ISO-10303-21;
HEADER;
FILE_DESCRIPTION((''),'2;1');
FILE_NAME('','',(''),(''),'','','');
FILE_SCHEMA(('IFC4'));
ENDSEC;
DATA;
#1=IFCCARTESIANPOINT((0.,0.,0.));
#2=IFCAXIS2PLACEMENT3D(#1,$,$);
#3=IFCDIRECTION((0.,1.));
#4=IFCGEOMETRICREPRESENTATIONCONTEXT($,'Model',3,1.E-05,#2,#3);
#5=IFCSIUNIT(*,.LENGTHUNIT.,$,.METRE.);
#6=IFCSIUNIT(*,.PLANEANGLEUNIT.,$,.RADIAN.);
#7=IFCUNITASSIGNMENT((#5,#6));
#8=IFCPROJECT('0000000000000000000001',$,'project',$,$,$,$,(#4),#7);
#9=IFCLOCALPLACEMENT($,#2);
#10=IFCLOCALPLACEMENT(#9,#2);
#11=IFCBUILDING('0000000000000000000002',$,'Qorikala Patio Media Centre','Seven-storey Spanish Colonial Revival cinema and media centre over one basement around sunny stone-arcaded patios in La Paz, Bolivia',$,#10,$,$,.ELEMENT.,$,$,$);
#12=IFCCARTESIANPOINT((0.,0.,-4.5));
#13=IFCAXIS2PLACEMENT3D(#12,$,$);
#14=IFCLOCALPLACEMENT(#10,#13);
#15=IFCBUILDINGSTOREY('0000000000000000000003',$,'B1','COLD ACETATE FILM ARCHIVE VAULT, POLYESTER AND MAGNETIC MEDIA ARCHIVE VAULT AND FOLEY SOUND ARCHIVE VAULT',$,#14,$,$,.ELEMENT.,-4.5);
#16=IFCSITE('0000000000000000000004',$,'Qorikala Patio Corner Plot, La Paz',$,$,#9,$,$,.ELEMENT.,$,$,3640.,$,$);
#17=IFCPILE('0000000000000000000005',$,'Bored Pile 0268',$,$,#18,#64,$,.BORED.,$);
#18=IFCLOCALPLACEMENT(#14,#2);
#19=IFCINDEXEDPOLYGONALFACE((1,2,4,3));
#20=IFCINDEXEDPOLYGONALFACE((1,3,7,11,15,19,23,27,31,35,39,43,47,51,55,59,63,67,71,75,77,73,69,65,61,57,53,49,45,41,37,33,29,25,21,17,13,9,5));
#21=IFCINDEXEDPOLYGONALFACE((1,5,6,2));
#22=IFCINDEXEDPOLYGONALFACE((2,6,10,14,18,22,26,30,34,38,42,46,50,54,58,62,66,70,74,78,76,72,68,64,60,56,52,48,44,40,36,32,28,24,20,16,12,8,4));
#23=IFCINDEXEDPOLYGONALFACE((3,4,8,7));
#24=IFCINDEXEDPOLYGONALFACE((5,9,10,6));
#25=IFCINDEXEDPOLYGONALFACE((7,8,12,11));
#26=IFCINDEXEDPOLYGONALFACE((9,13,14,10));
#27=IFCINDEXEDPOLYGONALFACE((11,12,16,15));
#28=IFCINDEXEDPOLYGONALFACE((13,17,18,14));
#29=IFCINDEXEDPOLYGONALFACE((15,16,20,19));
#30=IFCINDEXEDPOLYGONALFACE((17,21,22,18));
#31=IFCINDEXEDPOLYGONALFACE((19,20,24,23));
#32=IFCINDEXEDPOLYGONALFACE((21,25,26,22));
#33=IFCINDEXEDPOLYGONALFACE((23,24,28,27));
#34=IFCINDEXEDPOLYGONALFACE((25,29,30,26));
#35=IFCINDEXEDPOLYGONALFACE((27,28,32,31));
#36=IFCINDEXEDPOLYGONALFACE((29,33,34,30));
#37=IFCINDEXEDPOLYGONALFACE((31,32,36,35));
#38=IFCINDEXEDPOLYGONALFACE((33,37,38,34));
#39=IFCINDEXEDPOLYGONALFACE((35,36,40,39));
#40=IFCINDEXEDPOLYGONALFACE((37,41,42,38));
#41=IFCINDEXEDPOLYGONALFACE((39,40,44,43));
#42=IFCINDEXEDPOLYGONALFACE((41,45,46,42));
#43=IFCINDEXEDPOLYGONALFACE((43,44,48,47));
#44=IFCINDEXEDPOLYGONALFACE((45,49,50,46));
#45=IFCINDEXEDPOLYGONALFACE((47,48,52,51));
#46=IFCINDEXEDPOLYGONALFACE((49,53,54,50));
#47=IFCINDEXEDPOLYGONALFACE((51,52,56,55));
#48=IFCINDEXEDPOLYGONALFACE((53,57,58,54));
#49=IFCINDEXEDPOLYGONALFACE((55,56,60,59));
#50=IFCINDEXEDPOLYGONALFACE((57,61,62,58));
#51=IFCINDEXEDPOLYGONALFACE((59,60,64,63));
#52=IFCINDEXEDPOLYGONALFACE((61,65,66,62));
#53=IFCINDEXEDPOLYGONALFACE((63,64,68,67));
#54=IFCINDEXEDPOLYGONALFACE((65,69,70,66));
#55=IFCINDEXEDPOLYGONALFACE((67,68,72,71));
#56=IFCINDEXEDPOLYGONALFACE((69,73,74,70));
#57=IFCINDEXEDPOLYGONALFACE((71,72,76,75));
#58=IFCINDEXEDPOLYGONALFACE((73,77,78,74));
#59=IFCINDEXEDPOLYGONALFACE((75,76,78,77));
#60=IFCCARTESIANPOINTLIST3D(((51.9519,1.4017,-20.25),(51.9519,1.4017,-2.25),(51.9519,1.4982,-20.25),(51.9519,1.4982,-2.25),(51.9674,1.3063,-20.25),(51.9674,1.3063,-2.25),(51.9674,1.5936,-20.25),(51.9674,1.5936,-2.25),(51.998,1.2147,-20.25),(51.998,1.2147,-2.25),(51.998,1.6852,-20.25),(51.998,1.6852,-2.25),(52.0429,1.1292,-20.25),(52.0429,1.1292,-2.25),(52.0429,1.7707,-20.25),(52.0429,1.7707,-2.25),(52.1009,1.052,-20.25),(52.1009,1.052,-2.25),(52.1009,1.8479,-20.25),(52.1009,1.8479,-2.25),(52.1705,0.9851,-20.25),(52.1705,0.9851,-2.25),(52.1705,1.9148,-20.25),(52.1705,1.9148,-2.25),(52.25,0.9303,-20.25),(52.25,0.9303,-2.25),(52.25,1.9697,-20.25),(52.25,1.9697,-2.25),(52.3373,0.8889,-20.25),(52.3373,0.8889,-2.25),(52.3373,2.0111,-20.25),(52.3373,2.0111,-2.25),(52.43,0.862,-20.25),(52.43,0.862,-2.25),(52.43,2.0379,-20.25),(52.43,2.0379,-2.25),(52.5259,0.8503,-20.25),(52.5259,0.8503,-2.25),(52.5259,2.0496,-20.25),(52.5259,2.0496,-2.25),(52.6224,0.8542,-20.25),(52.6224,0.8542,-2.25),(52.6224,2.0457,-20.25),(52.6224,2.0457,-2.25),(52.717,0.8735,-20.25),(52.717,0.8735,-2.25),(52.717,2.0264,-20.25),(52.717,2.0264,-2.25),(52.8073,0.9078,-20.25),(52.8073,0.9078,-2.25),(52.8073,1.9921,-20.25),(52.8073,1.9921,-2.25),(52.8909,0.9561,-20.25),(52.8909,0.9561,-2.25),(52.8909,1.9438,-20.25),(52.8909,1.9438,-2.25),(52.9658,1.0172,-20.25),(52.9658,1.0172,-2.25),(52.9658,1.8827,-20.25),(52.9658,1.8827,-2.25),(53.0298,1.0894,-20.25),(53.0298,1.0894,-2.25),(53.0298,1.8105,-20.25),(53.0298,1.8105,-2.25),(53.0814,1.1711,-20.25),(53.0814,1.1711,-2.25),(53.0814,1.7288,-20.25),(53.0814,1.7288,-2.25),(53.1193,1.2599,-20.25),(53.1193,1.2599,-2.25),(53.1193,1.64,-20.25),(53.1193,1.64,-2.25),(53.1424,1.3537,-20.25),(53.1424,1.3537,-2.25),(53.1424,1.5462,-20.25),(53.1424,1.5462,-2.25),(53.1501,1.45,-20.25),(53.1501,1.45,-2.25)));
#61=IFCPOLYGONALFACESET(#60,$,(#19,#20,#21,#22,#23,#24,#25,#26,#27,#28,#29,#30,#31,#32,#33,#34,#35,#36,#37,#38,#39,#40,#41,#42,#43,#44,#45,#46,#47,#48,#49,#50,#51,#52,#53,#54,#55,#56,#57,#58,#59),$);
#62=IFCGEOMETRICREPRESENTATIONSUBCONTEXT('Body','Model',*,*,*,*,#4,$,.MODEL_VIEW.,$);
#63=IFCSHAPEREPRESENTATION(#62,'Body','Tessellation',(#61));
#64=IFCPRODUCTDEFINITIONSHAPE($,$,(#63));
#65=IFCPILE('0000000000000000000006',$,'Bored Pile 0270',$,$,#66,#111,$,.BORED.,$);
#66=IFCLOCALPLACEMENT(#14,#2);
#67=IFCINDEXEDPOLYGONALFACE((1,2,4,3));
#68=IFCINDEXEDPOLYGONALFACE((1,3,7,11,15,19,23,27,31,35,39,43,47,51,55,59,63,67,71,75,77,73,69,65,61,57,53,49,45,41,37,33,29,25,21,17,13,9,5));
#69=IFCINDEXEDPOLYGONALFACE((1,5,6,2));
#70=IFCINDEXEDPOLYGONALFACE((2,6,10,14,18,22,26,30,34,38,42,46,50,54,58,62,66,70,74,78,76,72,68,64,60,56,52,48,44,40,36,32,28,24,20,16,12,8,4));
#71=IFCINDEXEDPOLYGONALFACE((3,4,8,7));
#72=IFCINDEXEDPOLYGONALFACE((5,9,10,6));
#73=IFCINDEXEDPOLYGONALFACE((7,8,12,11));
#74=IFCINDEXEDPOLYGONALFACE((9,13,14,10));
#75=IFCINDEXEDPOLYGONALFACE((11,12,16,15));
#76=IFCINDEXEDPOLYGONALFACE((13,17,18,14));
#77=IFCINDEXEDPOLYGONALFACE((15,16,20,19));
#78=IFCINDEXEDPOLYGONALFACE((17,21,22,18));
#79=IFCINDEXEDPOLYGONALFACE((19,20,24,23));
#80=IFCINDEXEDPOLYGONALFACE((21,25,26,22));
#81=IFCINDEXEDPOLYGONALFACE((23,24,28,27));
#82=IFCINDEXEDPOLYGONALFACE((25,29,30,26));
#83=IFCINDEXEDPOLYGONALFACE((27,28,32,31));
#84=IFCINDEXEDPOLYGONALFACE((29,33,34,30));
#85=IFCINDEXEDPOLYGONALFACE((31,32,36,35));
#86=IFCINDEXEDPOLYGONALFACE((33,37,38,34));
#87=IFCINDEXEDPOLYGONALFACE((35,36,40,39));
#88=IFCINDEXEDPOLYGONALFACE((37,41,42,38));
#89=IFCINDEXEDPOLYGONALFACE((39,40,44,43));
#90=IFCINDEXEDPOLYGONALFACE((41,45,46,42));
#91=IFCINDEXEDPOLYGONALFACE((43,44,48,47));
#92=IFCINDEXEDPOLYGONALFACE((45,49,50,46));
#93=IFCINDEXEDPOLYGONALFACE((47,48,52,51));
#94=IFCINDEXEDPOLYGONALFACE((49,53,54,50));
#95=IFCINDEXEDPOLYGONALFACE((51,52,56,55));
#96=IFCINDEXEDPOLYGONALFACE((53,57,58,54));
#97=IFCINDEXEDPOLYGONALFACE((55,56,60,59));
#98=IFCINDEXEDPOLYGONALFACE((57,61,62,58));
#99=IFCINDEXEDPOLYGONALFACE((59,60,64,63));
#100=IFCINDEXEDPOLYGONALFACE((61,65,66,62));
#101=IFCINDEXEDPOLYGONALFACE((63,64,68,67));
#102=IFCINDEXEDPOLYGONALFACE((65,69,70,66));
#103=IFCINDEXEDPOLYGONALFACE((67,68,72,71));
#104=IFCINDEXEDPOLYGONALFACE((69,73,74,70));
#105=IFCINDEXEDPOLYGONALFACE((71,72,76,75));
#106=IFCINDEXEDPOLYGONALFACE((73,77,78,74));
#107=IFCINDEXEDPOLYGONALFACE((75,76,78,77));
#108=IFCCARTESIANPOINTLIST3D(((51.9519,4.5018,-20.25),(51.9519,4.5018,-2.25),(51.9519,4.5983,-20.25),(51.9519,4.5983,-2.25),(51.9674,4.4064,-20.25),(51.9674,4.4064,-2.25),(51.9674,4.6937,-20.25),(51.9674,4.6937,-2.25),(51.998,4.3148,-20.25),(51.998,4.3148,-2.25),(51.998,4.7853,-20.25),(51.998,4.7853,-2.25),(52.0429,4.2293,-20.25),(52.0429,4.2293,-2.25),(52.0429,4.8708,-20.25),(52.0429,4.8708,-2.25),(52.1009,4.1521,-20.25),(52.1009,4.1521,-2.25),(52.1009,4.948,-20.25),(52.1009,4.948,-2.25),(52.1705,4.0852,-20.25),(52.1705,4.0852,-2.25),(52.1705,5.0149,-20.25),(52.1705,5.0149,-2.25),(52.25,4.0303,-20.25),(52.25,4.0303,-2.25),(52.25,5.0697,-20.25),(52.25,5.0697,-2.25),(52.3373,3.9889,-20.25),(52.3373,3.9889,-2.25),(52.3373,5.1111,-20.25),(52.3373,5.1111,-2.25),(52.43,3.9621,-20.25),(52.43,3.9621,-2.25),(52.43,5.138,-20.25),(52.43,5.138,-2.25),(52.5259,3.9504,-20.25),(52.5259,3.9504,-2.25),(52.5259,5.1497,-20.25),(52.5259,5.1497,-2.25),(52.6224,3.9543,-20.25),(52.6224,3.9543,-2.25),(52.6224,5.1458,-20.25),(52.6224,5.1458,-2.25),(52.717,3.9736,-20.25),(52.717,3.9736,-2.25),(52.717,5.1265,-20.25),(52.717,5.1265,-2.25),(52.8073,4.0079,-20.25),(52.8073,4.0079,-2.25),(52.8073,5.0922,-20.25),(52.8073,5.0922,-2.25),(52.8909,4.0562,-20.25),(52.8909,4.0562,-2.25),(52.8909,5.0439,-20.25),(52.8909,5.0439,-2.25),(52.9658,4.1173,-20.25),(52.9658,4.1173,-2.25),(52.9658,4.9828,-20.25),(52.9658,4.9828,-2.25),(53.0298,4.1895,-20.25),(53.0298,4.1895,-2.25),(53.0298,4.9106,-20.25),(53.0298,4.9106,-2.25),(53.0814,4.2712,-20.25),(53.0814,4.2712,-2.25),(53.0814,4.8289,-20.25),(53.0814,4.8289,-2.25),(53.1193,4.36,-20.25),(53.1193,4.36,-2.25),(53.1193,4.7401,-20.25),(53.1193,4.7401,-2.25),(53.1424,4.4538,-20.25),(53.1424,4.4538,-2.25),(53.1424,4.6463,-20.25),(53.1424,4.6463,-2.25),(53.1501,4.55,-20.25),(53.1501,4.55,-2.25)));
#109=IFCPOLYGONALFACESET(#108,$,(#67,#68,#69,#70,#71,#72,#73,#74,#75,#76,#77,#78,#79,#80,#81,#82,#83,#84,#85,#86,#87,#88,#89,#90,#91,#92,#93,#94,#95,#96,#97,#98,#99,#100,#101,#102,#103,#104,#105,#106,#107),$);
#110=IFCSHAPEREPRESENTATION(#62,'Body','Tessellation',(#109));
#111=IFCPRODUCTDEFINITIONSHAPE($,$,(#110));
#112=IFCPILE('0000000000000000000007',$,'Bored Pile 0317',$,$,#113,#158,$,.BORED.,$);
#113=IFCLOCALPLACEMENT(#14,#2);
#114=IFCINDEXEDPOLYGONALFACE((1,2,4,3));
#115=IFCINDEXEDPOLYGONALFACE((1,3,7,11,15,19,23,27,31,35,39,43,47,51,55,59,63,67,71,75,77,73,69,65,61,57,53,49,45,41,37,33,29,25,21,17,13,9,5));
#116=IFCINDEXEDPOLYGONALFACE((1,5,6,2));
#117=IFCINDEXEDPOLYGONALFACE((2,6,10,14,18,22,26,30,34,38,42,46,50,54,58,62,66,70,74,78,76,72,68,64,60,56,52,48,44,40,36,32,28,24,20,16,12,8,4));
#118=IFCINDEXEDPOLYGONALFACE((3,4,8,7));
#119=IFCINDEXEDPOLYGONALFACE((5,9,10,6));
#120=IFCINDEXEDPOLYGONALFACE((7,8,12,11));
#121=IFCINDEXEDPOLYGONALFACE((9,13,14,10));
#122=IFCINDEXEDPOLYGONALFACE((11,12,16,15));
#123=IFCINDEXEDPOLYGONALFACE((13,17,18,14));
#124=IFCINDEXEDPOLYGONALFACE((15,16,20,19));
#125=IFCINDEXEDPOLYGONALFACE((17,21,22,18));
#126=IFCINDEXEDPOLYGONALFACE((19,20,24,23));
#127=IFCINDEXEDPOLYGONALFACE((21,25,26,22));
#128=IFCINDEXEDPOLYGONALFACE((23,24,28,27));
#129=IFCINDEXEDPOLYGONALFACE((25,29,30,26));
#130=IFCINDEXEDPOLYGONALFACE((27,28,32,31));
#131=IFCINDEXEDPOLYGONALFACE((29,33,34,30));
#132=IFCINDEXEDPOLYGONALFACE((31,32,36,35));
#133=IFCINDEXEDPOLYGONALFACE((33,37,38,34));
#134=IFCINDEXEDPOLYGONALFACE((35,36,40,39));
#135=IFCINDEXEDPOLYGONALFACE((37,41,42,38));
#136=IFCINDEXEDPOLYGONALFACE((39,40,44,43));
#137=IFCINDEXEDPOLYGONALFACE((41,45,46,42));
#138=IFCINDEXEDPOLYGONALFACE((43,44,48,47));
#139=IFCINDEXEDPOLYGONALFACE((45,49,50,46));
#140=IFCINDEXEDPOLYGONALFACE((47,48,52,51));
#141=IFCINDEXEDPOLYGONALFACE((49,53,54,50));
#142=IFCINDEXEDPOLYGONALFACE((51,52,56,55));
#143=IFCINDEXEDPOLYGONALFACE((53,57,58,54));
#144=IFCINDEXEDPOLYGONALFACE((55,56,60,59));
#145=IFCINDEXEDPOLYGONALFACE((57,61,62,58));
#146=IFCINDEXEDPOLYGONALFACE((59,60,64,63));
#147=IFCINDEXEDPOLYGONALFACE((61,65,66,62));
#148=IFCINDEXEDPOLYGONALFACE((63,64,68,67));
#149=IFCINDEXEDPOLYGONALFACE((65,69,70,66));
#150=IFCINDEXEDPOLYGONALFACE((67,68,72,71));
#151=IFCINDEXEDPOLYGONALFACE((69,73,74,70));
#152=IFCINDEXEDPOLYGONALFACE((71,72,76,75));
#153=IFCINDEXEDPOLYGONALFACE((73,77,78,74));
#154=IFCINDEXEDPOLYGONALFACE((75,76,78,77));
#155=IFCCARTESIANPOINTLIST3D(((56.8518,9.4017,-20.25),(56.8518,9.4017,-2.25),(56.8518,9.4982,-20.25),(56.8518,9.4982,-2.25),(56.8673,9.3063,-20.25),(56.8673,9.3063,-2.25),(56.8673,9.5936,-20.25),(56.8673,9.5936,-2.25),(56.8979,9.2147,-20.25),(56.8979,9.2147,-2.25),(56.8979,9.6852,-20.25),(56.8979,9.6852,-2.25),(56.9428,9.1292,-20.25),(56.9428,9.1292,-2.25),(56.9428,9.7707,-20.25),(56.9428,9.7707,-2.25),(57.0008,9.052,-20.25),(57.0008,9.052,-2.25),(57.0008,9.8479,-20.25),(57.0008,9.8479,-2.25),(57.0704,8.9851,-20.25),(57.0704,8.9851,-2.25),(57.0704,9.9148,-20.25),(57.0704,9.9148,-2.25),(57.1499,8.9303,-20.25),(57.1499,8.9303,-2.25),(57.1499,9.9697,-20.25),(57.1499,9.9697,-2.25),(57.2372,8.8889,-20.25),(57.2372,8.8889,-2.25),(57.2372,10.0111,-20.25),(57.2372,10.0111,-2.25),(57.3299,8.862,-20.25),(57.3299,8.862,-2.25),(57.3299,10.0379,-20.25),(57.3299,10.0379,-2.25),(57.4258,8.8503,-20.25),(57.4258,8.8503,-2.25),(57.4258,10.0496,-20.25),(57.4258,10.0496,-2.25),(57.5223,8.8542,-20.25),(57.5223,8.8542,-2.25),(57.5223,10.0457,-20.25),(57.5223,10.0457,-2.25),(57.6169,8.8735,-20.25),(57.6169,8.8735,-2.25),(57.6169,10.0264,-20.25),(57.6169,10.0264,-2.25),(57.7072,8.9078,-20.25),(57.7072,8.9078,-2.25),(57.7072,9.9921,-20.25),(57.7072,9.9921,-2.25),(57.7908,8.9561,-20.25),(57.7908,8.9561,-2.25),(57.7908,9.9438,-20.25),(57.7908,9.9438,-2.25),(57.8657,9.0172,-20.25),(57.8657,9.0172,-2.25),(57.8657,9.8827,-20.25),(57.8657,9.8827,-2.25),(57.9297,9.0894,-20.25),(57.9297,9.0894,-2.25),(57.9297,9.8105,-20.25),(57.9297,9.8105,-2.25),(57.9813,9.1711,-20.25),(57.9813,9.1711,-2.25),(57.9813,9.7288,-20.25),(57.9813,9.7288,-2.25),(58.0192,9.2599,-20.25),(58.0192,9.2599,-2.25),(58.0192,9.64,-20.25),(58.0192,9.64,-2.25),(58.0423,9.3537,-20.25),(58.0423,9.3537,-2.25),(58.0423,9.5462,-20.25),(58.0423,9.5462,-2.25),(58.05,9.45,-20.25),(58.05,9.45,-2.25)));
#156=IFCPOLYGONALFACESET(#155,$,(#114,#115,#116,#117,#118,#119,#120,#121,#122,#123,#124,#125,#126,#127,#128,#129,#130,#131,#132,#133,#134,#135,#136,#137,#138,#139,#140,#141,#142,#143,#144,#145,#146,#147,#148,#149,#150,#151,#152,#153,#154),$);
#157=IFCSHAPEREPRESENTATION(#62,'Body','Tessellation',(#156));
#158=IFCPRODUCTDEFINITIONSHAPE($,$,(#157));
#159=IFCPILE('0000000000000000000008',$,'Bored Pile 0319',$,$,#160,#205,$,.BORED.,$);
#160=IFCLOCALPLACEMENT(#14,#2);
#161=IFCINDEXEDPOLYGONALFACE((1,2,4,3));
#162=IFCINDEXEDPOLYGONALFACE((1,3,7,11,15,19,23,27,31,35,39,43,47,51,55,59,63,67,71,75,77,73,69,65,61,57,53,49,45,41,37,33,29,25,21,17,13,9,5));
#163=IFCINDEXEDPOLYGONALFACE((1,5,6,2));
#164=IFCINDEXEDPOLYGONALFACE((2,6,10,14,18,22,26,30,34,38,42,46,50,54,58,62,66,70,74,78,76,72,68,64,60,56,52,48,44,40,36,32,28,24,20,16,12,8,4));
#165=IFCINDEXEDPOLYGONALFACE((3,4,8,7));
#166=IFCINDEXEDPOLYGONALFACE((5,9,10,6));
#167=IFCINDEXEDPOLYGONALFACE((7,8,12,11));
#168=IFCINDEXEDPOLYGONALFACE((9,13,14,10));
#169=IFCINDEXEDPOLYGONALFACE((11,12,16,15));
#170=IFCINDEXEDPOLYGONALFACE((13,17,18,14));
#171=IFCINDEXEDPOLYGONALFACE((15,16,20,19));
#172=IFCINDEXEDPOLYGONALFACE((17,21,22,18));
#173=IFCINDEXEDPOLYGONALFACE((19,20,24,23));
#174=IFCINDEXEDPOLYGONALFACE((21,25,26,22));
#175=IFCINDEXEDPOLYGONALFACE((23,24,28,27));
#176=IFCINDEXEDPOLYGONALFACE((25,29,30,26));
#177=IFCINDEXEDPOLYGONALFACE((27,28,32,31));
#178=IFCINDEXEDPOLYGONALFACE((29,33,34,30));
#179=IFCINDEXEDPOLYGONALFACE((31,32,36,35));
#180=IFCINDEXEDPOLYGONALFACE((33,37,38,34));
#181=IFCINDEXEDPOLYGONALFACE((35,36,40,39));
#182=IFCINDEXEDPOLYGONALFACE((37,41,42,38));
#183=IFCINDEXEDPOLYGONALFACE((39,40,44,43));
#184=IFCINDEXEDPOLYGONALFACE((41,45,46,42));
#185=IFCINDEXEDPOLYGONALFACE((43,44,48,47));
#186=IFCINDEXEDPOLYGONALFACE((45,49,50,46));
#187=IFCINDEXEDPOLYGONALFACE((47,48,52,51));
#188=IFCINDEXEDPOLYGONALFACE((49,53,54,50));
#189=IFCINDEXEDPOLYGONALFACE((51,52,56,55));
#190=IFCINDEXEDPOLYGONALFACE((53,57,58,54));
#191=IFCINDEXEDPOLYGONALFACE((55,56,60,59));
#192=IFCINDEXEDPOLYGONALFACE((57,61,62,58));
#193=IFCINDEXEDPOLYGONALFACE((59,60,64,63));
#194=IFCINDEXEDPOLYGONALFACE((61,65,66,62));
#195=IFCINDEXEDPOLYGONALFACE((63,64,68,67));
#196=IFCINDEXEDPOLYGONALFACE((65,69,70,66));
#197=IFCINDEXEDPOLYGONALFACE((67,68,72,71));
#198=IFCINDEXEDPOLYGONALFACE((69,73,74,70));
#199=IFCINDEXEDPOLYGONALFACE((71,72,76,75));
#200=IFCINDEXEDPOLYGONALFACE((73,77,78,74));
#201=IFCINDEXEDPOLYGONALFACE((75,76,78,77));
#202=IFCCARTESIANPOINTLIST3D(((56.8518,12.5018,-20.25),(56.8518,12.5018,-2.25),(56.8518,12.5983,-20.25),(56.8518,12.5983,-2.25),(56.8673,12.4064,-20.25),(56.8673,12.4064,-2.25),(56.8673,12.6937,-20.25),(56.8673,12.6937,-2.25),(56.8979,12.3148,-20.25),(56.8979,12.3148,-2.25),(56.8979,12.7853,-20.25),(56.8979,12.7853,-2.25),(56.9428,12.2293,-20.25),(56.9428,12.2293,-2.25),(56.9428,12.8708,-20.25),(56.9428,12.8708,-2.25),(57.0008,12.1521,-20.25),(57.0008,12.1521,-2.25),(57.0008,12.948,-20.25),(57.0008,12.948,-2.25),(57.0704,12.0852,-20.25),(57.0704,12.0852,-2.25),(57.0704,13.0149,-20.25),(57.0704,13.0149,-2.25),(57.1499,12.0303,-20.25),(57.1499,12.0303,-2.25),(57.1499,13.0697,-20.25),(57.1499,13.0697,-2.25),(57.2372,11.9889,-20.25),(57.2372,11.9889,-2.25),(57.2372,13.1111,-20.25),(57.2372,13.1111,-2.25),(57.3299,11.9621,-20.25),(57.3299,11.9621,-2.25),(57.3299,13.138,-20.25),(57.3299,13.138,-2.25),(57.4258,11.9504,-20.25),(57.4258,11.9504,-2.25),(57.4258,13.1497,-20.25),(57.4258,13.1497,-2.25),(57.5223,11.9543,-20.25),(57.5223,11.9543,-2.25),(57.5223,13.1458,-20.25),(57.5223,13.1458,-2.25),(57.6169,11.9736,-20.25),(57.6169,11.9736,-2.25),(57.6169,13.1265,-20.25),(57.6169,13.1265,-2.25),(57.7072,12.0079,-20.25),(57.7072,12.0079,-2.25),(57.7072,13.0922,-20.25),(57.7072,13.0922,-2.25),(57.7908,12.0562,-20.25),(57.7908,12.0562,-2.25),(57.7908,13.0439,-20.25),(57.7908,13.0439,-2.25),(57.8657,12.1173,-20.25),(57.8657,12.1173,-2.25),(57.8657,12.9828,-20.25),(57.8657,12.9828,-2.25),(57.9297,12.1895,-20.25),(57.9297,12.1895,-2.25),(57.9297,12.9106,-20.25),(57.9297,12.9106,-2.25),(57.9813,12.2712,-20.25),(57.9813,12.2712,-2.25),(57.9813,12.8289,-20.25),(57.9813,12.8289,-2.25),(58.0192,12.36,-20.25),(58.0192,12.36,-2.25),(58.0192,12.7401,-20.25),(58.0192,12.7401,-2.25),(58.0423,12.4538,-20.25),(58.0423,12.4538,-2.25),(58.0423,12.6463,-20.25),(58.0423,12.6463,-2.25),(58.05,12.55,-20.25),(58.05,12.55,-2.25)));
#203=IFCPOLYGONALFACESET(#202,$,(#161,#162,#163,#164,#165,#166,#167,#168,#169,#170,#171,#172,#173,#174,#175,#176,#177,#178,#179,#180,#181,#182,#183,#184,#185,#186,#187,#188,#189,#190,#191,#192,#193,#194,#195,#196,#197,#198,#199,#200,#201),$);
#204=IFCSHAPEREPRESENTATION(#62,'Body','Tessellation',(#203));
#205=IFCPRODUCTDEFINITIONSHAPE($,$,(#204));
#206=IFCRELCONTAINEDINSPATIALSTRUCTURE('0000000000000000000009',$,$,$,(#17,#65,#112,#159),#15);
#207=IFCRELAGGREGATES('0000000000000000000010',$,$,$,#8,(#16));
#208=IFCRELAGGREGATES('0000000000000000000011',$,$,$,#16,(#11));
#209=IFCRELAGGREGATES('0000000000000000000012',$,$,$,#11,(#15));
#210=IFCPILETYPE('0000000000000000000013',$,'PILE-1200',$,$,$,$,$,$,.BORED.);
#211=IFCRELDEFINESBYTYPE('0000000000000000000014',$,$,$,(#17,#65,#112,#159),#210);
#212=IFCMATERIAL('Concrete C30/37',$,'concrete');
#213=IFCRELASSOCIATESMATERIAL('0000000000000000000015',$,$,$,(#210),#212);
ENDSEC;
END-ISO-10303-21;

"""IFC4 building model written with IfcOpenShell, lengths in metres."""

from ifc_helpers import new_model, si_unit, direction, frame, origin, origin_2d, place, context, subcontext, project, spatial, circle, extrude, material, material_profile, profile_set, type_object, element, save


model = new_model("IFC4")

# Units and contexts
model_context = context("Model", 3, precision=1e-05, world=origin(), true_north=direction((0.0, 1.0)))
body_context = subcontext(model_context, "Body", "Model", "MODEL_VIEW")
ifc_project = project(units=[si_unit("LENGTHUNIT", "METRE"), si_unit("PLANEANGLEUNIT", "RADIAN")], contexts=[model_context])

# Site, building, storey
site_placement = place(None, origin())
site = spatial("IfcSite", under=ifc_project, at=site_placement, Name="Qorikala Patio Corner Plot, La Paz", CompositionType="ELEMENT", RefElevation=3640.0)
building_placement = place(site_placement, origin())
building = spatial("IfcBuilding", under=site, at=building_placement, Name="Qorikala Patio Media Centre", Description="Seven-storey Spanish Colonial Revival cinema and media centre over one basement around sunny stone-arcaded patios in La Paz, Bolivia", CompositionType="ELEMENT")
storey_placement = place(building_placement, frame((0.0, 0.0, -4.5)))
storey = spatial("IfcBuildingStorey", under=building, at=storey_placement, Name="B1", Description="COLD ACETATE FILM ARCHIVE VAULT, POLYESTER AND MAGNETIC MEDIA ARCHIVE VAULT AND FOLEY SOUND ARCHIVE VAULT", CompositionType="ELEMENT", Elevation=-4.5)

# Shared definitions
ifc_material_1 = material(Name="Concrete C30/37", Category="concrete")

# Piles
ifc_material_profile_1 = material_profile(ifc_material_1, circle(Radius=0.6001, at=origin_2d()), Name="BORED PILE 1200")
ifc_profile_set_1 = profile_set([ifc_material_profile_1], Name="Concrete C30/37")
pile_type_1 = type_object("IfcPileType", Name="PILE-1200", PredefinedType="BORED", material=ifc_profile_set_1)
for number, where, z_axis, x_axis, name in (
    (1, (52.55, 1.45, -2.25), (0.0, 0.0, -1.0), (1.0, 0.0, 0.0), "Bored Pile 0268"),
    (2, (52.55, 4.55, -2.25), (0.0, 0.0, -1.0), (1.0, 0.0, 0.0), "Bored Pile 0270"),
    (3, (57.45, 9.45, -2.25), (0.0, 0.0, -1.0), (1.0, 0.0, 0.0), "Bored Pile 0317"),
    (4, (57.45, 12.55, -2.25), (0.0, 0.0, -1.0), (1.0, 0.0, 0.0), "Bored Pile 0319"),
):
    element("IfcPile", number, at=place(storey_placement, frame(where, z_axis=z_axis, x_axis=x_axis)), inside=storey, type_object=pile_type_1, Name=name, PredefinedType="BORED", context=body_context, shape_type="SweptSolid", body=[
        extrude(circle(Radius=0.6001, at=origin_2d()), origin(), (0.0, 0.0, 1.0), 18.0),
    ])

save(model, "model.ifc")
